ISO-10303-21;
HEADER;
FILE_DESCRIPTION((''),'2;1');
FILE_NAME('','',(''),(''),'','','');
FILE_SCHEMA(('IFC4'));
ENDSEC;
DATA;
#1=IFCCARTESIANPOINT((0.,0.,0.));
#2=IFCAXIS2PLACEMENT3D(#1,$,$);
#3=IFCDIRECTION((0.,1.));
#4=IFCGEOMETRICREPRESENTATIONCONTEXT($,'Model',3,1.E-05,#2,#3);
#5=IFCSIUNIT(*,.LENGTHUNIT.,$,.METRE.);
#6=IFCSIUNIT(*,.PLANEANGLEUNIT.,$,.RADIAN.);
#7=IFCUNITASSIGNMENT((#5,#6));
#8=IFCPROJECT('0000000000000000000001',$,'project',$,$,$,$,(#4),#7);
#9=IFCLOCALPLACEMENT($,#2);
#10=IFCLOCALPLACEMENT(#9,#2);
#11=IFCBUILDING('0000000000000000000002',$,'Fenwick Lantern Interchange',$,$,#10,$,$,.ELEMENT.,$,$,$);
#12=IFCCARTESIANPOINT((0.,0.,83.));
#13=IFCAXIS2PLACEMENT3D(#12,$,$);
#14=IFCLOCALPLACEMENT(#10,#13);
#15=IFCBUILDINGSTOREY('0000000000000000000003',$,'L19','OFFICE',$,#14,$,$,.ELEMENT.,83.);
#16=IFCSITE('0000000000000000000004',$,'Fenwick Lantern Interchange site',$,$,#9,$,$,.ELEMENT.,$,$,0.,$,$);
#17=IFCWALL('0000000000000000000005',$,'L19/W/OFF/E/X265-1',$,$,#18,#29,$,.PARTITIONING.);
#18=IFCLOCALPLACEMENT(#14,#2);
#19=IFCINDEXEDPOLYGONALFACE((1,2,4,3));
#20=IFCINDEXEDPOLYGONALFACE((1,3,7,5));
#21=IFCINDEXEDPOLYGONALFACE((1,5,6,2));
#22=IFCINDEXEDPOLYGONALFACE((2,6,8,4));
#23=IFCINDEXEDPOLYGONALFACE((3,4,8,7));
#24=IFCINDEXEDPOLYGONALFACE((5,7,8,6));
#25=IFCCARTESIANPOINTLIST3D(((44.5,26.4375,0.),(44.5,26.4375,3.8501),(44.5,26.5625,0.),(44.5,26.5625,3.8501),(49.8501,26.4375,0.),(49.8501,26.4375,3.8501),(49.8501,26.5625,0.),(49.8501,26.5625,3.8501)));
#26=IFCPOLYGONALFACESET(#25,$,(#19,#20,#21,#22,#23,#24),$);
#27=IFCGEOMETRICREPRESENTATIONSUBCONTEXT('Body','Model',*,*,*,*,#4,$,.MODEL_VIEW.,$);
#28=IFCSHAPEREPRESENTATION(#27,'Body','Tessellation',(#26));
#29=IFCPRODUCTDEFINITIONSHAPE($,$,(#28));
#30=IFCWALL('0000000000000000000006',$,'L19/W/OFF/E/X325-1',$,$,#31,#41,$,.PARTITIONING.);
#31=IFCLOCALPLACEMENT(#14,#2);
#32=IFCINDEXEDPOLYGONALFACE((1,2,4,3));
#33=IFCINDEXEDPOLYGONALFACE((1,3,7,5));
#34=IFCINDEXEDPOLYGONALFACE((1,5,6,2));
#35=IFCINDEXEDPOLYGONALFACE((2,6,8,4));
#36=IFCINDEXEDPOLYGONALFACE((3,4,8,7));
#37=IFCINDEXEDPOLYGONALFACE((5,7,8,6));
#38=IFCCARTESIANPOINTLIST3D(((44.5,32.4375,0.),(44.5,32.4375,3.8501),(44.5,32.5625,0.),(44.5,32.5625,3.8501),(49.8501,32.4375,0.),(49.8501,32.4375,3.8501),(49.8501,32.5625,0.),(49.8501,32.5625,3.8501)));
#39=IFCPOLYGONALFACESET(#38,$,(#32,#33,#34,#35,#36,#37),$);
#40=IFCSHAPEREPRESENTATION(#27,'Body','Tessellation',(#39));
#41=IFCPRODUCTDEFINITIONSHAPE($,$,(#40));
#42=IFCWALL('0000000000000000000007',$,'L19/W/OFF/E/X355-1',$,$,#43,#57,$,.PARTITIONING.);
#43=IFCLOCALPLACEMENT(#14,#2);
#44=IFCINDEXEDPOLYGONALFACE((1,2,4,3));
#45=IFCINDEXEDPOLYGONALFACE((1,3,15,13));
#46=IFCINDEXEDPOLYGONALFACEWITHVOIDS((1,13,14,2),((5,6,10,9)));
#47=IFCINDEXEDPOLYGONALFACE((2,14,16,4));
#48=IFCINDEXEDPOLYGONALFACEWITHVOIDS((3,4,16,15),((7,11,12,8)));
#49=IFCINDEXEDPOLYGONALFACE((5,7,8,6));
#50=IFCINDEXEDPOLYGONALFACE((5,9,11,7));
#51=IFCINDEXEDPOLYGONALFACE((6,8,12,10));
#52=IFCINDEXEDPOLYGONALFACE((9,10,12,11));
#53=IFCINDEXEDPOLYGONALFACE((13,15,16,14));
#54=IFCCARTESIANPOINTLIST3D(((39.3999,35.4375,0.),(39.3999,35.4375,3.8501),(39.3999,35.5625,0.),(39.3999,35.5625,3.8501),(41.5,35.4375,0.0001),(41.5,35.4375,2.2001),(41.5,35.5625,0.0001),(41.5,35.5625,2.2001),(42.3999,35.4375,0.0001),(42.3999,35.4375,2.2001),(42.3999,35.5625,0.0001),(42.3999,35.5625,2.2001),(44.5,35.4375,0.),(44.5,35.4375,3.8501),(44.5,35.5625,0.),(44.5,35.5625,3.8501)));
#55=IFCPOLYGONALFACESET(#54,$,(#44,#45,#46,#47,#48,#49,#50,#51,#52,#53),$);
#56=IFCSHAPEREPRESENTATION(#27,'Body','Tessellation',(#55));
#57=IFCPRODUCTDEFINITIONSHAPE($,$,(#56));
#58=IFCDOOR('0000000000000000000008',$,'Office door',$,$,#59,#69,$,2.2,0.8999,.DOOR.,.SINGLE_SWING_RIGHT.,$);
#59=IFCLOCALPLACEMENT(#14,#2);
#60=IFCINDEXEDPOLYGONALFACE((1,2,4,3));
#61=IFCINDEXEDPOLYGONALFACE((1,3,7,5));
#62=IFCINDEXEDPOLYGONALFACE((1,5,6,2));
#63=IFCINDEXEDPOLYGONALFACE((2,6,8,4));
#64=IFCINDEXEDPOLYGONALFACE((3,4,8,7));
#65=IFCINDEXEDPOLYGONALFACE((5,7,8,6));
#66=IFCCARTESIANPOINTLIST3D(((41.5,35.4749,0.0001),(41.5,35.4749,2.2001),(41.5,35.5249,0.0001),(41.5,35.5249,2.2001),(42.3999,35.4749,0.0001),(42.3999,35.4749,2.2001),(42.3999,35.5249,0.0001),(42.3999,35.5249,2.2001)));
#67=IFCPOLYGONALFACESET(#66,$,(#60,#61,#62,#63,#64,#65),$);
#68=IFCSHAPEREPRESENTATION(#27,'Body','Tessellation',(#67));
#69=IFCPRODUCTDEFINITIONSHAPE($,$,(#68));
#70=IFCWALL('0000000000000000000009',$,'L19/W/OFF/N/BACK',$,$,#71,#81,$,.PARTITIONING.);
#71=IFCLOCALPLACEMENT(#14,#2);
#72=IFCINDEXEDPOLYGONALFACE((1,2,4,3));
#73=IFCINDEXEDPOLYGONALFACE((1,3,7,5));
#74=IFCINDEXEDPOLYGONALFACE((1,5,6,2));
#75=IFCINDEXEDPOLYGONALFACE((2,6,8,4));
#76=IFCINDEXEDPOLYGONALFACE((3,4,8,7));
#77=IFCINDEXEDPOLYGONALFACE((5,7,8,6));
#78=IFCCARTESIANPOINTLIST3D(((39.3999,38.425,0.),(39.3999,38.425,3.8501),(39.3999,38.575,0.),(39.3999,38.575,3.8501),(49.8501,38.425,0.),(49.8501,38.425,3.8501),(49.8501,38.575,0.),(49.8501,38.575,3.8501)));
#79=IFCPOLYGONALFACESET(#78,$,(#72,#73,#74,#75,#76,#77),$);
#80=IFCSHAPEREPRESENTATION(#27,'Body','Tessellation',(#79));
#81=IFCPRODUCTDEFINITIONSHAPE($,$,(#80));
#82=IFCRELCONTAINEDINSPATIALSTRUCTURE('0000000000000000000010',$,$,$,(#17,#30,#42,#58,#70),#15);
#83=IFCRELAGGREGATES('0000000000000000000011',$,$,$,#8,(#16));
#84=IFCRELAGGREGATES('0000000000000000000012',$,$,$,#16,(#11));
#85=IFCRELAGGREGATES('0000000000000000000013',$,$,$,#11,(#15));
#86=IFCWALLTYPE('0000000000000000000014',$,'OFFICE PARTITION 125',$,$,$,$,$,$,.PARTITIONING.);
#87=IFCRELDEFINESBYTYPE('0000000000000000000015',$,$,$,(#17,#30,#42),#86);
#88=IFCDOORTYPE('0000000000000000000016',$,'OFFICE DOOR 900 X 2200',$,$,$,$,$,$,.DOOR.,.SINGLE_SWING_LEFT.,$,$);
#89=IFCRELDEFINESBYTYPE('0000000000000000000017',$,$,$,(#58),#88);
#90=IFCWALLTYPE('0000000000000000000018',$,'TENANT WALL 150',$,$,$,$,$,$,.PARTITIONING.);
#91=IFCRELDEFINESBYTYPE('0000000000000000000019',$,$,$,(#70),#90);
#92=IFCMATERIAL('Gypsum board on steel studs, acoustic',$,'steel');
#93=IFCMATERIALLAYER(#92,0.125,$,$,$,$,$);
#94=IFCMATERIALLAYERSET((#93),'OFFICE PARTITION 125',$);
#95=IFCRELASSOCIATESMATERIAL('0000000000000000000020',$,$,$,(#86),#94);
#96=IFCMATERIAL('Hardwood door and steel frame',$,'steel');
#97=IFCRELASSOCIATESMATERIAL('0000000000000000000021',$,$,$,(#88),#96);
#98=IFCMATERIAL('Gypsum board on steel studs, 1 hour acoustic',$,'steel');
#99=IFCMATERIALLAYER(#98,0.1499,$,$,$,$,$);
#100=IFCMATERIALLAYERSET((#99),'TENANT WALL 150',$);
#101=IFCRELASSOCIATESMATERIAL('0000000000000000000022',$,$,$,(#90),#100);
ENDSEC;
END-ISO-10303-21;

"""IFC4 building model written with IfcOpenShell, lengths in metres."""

from ifc_helpers import new_model, si_unit, direction, frame, frame_2d, origin, place, context, subcontext, project, spatial, rectangle, extrude, material, layer, layer_set, type_object, element, fill, save


model = new_model("IFC4")

# Units and contexts
model_context = context("Model", 3, precision=1e-05, world=origin(), true_north=direction((0.0, 1.0)))
body_context = subcontext(model_context, "Body", "Model", "MODEL_VIEW")
ifc_project = project(units=[si_unit("LENGTHUNIT", "METRE"), si_unit("PLANEANGLEUNIT", "RADIAN")], contexts=[model_context])

# Site, building, storey
site_placement = place(None, origin())
site = spatial("IfcSite", under=ifc_project, at=site_placement, Name="Fenwick Lantern Interchange site", CompositionType="ELEMENT", RefElevation=0.0)
building_placement = place(site_placement, origin())
building = spatial("IfcBuilding", under=site, at=building_placement, Name="Fenwick Lantern Interchange", CompositionType="ELEMENT")
storey_placement = place(building_placement, frame((0.0, 0.0, 83.0)))
storey = spatial("IfcBuildingStorey", under=building, at=storey_placement, Name="L19", Description="OFFICE", CompositionType="ELEMENT", Elevation=83.0)

# Walls
ifc_material_1 = material(Name="Gypsum board on steel studs, acoustic", Category="steel")
ifc_layer_1 = layer(ifc_material_1, 0.125)
ifc_layer_set_1 = layer_set([ifc_layer_1], Name="OFFICE PARTITION 125")
wall_type_1 = type_object("IfcWallType", Name="OFFICE PARTITION 125", PredefinedType="PARTITIONING", material=ifc_layer_set_1)
for number, where, z_axis, x_axis, name in (
    (1, (49.8501, 26.5, 0.0), (0.0, 0.0, 1.0), (-1.0, 0.0, 0.0), "L19/W/OFF/E/X265-1"),
    (2, (49.8501, 32.5, 0.0), (0.0, 0.0, 1.0), (-1.0, 0.0, 0.0), "L19/W/OFF/E/X325-1"),
):
    element("IfcWall", number, at=place(storey_placement, frame(where, z_axis=z_axis, x_axis=x_axis)), inside=storey, type_object=wall_type_1, Name=name, PredefinedType="PARTITIONING", context=body_context, shape_type="SweptSolid", body=[
        extrude(rectangle(XDim=5.3501, YDim=0.125, at=frame_2d((2.675, 0.0))), origin(), (0.0, 0.0, 1.0), 3.8501),
    ])

# Wall, opening, door
wall_1_placement = place(storey_placement, frame((44.5, 35.5, 0.0), z_axis=(0.0, 0.0, 1.0), x_axis=(-1.0, 0.0, 0.0)))
wall_1 = element("IfcWall", 3, at=wall_1_placement, inside=storey, type_object=wall_type_1, Name="L19/W/OFF/E/X355-1", PredefinedType="PARTITIONING", context=body_context, shape_type="SweptSolid", body=[
    extrude(rectangle(XDim=5.1001, YDim=0.125, at=frame_2d((2.55, 0.0))), origin(), (0.0, 0.0, 1.0), 3.8501),
])
opening_placement = place(wall_1_placement, frame((2.1001, 0.0, 0.0)))
opening = element("IfcOpeningElement", 4, at=opening_placement, cuts=wall_1, PredefinedType="OPENING", context=body_context, shape_type="SweptSolid", body=[
    extrude(rectangle(XDim=0.8999, YDim=2.2, at=frame_2d((0.45, 1.1001))), frame((0.0, 0.0725, 0.0), z_axis=(0.0, -1.0, 0.0), x_axis=(1.0, 0.0, 0.0)), (0.0, 0.0, 1.0), 0.145),
])
ifc_material_2 = material(Name="Hardwood door and steel frame", Category="steel")
door_type = type_object("IfcDoorType", Name="OFFICE DOOR 900 X 2200", OperationType="SINGLE_SWING_LEFT", PredefinedType="DOOR", material=ifc_material_2)
door_placement = place(opening_placement, frame((0.8999, 0.0, 0.0), z_axis=(0.0, 0.0, 1.0), x_axis=(-1.0, 0.0, 0.0)))
door = element("IfcDoor", 5, at=door_placement, inside=storey, type_object=door_type, Name="Office door", OperationType="SINGLE_SWING_RIGHT", OverallHeight=2.2, OverallWidth=0.8999, PredefinedType="DOOR", context=body_context, shape_type="SweptSolid", body=[
    extrude(rectangle(XDim=0.8999, YDim=2.2, at=frame_2d((0.45, 1.1001))), frame((0.0, 0.0249, 0.0), z_axis=(0.0, -1.0, 0.0), x_axis=(1.0, 0.0, 0.0)), (0.0, 0.0, 1.0), 0.05),
])
fill(opening, door)

# Wall
ifc_material_3 = material(Name="Gypsum board on steel studs, 1 hour acoustic", Category="steel")
ifc_layer_2 = layer(ifc_material_3, 0.1499)
ifc_layer_set_2 = layer_set([ifc_layer_2], Name="TENANT WALL 150")
wall_type_2 = type_object("IfcWallType", Name="TENANT WALL 150", PredefinedType="PARTITIONING", material=ifc_layer_set_2)
wall_2_placement = place(storey_placement, frame((49.8501, 38.5, 0.0), z_axis=(0.0, 0.0, 1.0), x_axis=(-1.0, 0.0, 0.0)))
element("IfcWall", 6, at=wall_2_placement, inside=storey, type_object=wall_type_2, Name="L19/W/OFF/N/BACK", PredefinedType="PARTITIONING", context=body_context, shape_type="SweptSolid", body=[
    extrude(rectangle(XDim=10.4502, YDim=0.1499, at=frame_2d((5.2251, 0.0))), origin(), (0.0, 0.0, 1.0), 3.8501),
])

save(model, "model.ifc")
